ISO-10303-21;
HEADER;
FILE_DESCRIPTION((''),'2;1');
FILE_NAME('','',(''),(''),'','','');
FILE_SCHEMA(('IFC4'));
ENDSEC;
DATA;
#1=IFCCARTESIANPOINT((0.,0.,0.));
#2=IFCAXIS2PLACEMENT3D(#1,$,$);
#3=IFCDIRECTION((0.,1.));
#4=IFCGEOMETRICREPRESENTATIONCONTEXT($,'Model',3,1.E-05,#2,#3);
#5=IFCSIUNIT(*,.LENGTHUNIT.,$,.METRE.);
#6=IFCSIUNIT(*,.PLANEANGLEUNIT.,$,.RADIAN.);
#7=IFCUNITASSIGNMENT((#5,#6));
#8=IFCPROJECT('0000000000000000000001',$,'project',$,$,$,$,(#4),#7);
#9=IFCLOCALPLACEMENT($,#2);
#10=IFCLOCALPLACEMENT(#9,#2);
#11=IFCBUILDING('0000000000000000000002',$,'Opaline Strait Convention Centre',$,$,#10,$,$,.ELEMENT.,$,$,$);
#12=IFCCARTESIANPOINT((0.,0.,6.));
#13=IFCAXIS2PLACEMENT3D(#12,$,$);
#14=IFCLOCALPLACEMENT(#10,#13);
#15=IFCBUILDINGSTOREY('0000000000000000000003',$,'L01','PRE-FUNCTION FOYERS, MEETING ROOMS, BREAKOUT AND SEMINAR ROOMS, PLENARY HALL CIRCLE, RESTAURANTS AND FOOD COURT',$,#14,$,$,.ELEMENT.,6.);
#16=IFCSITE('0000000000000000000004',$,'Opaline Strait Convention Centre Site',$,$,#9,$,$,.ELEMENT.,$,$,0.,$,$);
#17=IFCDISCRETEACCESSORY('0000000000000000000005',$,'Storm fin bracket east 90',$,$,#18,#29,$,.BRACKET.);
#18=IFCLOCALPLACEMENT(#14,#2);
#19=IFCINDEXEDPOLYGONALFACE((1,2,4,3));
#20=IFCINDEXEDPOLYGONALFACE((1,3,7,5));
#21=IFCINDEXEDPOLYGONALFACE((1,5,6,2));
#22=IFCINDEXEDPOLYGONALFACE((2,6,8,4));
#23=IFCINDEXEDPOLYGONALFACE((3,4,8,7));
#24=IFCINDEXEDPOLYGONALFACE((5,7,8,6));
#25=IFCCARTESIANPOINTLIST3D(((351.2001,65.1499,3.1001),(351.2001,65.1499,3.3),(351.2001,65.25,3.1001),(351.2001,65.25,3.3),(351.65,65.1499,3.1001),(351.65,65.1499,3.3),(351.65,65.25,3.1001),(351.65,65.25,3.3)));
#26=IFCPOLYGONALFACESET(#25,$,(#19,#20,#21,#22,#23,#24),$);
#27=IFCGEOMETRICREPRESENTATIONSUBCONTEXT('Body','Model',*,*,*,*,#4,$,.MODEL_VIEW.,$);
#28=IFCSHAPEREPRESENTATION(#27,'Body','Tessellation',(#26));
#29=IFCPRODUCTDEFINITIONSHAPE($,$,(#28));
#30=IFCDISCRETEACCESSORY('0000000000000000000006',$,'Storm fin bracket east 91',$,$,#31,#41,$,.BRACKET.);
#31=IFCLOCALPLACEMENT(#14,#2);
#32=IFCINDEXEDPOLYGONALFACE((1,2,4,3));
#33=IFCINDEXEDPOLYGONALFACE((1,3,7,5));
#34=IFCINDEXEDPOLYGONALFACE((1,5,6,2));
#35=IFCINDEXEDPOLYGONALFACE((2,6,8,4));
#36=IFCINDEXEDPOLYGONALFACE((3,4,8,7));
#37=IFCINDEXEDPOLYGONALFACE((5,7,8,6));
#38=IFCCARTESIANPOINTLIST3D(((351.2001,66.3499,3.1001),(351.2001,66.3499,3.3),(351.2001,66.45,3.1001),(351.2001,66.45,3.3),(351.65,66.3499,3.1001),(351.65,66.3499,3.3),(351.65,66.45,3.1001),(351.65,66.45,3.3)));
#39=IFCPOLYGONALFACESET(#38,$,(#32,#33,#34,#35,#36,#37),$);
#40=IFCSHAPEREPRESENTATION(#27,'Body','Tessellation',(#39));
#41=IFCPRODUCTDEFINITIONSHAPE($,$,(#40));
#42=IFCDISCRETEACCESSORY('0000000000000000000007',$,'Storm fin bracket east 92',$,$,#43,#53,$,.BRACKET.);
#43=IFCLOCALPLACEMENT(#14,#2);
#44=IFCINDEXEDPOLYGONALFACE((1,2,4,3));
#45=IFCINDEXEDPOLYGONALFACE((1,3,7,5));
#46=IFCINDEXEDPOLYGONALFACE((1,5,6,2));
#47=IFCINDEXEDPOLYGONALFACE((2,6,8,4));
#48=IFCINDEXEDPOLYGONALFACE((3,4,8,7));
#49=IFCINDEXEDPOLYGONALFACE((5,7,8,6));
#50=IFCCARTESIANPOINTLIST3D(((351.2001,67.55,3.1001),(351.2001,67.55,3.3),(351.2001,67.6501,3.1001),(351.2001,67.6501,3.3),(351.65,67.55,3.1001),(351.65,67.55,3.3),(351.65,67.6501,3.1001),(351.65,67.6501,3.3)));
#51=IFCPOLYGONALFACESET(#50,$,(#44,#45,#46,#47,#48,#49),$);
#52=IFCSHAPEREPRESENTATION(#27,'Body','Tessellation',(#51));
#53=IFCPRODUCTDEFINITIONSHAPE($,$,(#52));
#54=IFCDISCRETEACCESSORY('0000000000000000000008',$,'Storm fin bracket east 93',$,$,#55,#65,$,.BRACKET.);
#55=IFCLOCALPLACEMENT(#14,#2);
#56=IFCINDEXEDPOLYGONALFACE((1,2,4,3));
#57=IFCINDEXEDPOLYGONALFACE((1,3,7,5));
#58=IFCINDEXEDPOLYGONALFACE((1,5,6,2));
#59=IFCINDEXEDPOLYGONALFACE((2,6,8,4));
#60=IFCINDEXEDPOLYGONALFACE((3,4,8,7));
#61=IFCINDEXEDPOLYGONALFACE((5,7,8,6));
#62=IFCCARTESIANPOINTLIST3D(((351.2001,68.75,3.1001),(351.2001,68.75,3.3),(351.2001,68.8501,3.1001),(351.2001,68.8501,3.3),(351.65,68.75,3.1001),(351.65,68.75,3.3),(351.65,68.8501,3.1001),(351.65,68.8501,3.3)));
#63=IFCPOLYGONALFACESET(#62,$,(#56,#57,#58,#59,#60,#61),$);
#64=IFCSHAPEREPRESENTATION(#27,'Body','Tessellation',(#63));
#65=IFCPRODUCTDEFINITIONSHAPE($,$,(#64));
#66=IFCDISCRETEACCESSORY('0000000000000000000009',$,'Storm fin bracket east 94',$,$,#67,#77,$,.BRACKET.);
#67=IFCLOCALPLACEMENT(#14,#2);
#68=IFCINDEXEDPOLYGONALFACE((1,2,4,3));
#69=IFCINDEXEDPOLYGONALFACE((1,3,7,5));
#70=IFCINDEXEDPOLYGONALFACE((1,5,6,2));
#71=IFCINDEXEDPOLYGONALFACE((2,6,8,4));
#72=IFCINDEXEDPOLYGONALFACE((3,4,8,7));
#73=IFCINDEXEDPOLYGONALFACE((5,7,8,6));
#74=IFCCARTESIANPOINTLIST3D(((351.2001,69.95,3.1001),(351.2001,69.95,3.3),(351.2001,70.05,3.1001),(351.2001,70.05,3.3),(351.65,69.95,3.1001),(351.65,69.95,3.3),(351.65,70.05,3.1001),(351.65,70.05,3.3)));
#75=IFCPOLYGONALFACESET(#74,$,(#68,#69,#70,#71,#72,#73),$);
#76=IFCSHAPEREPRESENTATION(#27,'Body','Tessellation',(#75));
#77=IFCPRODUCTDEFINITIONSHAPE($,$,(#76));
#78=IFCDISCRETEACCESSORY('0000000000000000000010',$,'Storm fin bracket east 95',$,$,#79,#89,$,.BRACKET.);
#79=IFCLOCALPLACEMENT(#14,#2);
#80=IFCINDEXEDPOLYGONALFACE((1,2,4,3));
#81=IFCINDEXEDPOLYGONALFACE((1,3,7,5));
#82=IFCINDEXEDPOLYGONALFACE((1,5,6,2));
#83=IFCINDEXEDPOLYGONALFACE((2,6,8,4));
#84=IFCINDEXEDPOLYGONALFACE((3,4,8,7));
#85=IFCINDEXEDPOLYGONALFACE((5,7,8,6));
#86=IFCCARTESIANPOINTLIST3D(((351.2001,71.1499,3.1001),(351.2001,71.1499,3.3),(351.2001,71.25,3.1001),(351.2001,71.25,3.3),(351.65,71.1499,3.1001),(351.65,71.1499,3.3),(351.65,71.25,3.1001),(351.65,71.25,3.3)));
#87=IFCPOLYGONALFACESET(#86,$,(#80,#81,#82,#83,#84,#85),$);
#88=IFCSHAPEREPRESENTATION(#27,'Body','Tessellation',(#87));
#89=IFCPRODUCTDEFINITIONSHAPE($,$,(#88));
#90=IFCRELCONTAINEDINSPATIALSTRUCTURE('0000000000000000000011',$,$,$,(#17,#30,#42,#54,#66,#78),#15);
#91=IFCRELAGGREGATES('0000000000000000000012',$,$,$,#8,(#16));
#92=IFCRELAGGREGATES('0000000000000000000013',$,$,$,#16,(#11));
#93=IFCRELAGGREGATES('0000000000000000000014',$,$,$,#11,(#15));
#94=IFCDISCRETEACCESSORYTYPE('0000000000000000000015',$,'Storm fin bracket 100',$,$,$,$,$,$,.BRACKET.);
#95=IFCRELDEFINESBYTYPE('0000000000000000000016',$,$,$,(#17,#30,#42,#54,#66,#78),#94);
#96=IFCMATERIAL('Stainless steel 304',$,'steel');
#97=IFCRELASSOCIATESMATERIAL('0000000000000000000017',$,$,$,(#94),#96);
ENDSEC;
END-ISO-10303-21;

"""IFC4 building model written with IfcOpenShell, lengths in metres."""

from ifc_helpers import new_model, si_unit, direction, frame, origin, origin_2d, place, context, subcontext, project, spatial, rectangle, extrude, material, type_object, element, save


model = new_model("IFC4")

# Units and contexts
model_context = context("Model", 3, precision=1e-05, world=origin(), true_north=direction((0.0, 1.0)))
body_context = subcontext(model_context, "Body", "Model", "MODEL_VIEW")
ifc_project = project(units=[si_unit("LENGTHUNIT", "METRE"), si_unit("PLANEANGLEUNIT", "RADIAN")], contexts=[model_context])

# Site, building, storey
site_placement = place(None, origin())
site = spatial("IfcSite", under=ifc_project, at=site_placement, Name="Opaline Strait Convention Centre Site", CompositionType="ELEMENT", RefElevation=0.0)
building_placement = place(site_placement, origin())
building = spatial("IfcBuilding", under=site, at=building_placement, Name="Opaline Strait Convention Centre", CompositionType="ELEMENT")
storey_placement = place(building_placement, frame((0.0, 0.0, 6.0)))
storey = spatial("IfcBuildingStorey", under=building, at=storey_placement, Name="L01", Description="PRE-FUNCTION FOYERS, MEETING ROOMS, BREAKOUT AND SEMINAR ROOMS, PLENARY HALL CIRCLE, RESTAURANTS AND FOOD COURT", CompositionType="ELEMENT", Elevation=6.0)

# Discrete accessories
ifc_material_1 = material(Name="Stainless steel 304", Category="steel")
discrete_accessory_type = type_object("IfcDiscreteAccessoryType", Name="Storm fin bracket 100", PredefinedType="BRACKET", material=ifc_material_1)
for number, where, z_axis, x_axis, name in (
    (1, (351.425, 65.2, 3.1001), (0.0, 0.0, 1.0), (1.0, 0.0, 0.0), "Storm fin bracket east 90"),
    (2, (351.425, 66.3999, 3.1001), (0.0, 0.0, 1.0), (1.0, 0.0, 0.0), "Storm fin bracket east 91"),
    (3, (351.425, 67.6001, 3.1001), (0.0, 0.0, 1.0), (1.0, 0.0, 0.0), "Storm fin bracket east 92"),
    (4, (351.425, 68.8, 3.1001), (0.0, 0.0, 1.0), (1.0, 0.0, 0.0), "Storm fin bracket east 93"),
    (5, (351.425, 70.0, 3.1001), (0.0, 0.0, 1.0), (1.0, 0.0, 0.0), "Storm fin bracket east 94"),
    (6, (351.425, 71.2, 3.1001), (0.0, 0.0, 1.0), (1.0, 0.0, 0.0), "Storm fin bracket east 95"),
):
    element("IfcDiscreteAccessory", number, at=place(storey_placement, frame(where, z_axis=z_axis, x_axis=x_axis)), inside=storey, type_object=discrete_accessory_type, Name=name, PredefinedType="BRACKET", context=body_context, shape_type="SweptSolid", body=[
        extrude(rectangle(XDim=0.45, YDim=0.1001, at=origin_2d()), origin(), (0.0, 0.0, 1.0), 0.2),
    ])

save(model, "model.ifc")
